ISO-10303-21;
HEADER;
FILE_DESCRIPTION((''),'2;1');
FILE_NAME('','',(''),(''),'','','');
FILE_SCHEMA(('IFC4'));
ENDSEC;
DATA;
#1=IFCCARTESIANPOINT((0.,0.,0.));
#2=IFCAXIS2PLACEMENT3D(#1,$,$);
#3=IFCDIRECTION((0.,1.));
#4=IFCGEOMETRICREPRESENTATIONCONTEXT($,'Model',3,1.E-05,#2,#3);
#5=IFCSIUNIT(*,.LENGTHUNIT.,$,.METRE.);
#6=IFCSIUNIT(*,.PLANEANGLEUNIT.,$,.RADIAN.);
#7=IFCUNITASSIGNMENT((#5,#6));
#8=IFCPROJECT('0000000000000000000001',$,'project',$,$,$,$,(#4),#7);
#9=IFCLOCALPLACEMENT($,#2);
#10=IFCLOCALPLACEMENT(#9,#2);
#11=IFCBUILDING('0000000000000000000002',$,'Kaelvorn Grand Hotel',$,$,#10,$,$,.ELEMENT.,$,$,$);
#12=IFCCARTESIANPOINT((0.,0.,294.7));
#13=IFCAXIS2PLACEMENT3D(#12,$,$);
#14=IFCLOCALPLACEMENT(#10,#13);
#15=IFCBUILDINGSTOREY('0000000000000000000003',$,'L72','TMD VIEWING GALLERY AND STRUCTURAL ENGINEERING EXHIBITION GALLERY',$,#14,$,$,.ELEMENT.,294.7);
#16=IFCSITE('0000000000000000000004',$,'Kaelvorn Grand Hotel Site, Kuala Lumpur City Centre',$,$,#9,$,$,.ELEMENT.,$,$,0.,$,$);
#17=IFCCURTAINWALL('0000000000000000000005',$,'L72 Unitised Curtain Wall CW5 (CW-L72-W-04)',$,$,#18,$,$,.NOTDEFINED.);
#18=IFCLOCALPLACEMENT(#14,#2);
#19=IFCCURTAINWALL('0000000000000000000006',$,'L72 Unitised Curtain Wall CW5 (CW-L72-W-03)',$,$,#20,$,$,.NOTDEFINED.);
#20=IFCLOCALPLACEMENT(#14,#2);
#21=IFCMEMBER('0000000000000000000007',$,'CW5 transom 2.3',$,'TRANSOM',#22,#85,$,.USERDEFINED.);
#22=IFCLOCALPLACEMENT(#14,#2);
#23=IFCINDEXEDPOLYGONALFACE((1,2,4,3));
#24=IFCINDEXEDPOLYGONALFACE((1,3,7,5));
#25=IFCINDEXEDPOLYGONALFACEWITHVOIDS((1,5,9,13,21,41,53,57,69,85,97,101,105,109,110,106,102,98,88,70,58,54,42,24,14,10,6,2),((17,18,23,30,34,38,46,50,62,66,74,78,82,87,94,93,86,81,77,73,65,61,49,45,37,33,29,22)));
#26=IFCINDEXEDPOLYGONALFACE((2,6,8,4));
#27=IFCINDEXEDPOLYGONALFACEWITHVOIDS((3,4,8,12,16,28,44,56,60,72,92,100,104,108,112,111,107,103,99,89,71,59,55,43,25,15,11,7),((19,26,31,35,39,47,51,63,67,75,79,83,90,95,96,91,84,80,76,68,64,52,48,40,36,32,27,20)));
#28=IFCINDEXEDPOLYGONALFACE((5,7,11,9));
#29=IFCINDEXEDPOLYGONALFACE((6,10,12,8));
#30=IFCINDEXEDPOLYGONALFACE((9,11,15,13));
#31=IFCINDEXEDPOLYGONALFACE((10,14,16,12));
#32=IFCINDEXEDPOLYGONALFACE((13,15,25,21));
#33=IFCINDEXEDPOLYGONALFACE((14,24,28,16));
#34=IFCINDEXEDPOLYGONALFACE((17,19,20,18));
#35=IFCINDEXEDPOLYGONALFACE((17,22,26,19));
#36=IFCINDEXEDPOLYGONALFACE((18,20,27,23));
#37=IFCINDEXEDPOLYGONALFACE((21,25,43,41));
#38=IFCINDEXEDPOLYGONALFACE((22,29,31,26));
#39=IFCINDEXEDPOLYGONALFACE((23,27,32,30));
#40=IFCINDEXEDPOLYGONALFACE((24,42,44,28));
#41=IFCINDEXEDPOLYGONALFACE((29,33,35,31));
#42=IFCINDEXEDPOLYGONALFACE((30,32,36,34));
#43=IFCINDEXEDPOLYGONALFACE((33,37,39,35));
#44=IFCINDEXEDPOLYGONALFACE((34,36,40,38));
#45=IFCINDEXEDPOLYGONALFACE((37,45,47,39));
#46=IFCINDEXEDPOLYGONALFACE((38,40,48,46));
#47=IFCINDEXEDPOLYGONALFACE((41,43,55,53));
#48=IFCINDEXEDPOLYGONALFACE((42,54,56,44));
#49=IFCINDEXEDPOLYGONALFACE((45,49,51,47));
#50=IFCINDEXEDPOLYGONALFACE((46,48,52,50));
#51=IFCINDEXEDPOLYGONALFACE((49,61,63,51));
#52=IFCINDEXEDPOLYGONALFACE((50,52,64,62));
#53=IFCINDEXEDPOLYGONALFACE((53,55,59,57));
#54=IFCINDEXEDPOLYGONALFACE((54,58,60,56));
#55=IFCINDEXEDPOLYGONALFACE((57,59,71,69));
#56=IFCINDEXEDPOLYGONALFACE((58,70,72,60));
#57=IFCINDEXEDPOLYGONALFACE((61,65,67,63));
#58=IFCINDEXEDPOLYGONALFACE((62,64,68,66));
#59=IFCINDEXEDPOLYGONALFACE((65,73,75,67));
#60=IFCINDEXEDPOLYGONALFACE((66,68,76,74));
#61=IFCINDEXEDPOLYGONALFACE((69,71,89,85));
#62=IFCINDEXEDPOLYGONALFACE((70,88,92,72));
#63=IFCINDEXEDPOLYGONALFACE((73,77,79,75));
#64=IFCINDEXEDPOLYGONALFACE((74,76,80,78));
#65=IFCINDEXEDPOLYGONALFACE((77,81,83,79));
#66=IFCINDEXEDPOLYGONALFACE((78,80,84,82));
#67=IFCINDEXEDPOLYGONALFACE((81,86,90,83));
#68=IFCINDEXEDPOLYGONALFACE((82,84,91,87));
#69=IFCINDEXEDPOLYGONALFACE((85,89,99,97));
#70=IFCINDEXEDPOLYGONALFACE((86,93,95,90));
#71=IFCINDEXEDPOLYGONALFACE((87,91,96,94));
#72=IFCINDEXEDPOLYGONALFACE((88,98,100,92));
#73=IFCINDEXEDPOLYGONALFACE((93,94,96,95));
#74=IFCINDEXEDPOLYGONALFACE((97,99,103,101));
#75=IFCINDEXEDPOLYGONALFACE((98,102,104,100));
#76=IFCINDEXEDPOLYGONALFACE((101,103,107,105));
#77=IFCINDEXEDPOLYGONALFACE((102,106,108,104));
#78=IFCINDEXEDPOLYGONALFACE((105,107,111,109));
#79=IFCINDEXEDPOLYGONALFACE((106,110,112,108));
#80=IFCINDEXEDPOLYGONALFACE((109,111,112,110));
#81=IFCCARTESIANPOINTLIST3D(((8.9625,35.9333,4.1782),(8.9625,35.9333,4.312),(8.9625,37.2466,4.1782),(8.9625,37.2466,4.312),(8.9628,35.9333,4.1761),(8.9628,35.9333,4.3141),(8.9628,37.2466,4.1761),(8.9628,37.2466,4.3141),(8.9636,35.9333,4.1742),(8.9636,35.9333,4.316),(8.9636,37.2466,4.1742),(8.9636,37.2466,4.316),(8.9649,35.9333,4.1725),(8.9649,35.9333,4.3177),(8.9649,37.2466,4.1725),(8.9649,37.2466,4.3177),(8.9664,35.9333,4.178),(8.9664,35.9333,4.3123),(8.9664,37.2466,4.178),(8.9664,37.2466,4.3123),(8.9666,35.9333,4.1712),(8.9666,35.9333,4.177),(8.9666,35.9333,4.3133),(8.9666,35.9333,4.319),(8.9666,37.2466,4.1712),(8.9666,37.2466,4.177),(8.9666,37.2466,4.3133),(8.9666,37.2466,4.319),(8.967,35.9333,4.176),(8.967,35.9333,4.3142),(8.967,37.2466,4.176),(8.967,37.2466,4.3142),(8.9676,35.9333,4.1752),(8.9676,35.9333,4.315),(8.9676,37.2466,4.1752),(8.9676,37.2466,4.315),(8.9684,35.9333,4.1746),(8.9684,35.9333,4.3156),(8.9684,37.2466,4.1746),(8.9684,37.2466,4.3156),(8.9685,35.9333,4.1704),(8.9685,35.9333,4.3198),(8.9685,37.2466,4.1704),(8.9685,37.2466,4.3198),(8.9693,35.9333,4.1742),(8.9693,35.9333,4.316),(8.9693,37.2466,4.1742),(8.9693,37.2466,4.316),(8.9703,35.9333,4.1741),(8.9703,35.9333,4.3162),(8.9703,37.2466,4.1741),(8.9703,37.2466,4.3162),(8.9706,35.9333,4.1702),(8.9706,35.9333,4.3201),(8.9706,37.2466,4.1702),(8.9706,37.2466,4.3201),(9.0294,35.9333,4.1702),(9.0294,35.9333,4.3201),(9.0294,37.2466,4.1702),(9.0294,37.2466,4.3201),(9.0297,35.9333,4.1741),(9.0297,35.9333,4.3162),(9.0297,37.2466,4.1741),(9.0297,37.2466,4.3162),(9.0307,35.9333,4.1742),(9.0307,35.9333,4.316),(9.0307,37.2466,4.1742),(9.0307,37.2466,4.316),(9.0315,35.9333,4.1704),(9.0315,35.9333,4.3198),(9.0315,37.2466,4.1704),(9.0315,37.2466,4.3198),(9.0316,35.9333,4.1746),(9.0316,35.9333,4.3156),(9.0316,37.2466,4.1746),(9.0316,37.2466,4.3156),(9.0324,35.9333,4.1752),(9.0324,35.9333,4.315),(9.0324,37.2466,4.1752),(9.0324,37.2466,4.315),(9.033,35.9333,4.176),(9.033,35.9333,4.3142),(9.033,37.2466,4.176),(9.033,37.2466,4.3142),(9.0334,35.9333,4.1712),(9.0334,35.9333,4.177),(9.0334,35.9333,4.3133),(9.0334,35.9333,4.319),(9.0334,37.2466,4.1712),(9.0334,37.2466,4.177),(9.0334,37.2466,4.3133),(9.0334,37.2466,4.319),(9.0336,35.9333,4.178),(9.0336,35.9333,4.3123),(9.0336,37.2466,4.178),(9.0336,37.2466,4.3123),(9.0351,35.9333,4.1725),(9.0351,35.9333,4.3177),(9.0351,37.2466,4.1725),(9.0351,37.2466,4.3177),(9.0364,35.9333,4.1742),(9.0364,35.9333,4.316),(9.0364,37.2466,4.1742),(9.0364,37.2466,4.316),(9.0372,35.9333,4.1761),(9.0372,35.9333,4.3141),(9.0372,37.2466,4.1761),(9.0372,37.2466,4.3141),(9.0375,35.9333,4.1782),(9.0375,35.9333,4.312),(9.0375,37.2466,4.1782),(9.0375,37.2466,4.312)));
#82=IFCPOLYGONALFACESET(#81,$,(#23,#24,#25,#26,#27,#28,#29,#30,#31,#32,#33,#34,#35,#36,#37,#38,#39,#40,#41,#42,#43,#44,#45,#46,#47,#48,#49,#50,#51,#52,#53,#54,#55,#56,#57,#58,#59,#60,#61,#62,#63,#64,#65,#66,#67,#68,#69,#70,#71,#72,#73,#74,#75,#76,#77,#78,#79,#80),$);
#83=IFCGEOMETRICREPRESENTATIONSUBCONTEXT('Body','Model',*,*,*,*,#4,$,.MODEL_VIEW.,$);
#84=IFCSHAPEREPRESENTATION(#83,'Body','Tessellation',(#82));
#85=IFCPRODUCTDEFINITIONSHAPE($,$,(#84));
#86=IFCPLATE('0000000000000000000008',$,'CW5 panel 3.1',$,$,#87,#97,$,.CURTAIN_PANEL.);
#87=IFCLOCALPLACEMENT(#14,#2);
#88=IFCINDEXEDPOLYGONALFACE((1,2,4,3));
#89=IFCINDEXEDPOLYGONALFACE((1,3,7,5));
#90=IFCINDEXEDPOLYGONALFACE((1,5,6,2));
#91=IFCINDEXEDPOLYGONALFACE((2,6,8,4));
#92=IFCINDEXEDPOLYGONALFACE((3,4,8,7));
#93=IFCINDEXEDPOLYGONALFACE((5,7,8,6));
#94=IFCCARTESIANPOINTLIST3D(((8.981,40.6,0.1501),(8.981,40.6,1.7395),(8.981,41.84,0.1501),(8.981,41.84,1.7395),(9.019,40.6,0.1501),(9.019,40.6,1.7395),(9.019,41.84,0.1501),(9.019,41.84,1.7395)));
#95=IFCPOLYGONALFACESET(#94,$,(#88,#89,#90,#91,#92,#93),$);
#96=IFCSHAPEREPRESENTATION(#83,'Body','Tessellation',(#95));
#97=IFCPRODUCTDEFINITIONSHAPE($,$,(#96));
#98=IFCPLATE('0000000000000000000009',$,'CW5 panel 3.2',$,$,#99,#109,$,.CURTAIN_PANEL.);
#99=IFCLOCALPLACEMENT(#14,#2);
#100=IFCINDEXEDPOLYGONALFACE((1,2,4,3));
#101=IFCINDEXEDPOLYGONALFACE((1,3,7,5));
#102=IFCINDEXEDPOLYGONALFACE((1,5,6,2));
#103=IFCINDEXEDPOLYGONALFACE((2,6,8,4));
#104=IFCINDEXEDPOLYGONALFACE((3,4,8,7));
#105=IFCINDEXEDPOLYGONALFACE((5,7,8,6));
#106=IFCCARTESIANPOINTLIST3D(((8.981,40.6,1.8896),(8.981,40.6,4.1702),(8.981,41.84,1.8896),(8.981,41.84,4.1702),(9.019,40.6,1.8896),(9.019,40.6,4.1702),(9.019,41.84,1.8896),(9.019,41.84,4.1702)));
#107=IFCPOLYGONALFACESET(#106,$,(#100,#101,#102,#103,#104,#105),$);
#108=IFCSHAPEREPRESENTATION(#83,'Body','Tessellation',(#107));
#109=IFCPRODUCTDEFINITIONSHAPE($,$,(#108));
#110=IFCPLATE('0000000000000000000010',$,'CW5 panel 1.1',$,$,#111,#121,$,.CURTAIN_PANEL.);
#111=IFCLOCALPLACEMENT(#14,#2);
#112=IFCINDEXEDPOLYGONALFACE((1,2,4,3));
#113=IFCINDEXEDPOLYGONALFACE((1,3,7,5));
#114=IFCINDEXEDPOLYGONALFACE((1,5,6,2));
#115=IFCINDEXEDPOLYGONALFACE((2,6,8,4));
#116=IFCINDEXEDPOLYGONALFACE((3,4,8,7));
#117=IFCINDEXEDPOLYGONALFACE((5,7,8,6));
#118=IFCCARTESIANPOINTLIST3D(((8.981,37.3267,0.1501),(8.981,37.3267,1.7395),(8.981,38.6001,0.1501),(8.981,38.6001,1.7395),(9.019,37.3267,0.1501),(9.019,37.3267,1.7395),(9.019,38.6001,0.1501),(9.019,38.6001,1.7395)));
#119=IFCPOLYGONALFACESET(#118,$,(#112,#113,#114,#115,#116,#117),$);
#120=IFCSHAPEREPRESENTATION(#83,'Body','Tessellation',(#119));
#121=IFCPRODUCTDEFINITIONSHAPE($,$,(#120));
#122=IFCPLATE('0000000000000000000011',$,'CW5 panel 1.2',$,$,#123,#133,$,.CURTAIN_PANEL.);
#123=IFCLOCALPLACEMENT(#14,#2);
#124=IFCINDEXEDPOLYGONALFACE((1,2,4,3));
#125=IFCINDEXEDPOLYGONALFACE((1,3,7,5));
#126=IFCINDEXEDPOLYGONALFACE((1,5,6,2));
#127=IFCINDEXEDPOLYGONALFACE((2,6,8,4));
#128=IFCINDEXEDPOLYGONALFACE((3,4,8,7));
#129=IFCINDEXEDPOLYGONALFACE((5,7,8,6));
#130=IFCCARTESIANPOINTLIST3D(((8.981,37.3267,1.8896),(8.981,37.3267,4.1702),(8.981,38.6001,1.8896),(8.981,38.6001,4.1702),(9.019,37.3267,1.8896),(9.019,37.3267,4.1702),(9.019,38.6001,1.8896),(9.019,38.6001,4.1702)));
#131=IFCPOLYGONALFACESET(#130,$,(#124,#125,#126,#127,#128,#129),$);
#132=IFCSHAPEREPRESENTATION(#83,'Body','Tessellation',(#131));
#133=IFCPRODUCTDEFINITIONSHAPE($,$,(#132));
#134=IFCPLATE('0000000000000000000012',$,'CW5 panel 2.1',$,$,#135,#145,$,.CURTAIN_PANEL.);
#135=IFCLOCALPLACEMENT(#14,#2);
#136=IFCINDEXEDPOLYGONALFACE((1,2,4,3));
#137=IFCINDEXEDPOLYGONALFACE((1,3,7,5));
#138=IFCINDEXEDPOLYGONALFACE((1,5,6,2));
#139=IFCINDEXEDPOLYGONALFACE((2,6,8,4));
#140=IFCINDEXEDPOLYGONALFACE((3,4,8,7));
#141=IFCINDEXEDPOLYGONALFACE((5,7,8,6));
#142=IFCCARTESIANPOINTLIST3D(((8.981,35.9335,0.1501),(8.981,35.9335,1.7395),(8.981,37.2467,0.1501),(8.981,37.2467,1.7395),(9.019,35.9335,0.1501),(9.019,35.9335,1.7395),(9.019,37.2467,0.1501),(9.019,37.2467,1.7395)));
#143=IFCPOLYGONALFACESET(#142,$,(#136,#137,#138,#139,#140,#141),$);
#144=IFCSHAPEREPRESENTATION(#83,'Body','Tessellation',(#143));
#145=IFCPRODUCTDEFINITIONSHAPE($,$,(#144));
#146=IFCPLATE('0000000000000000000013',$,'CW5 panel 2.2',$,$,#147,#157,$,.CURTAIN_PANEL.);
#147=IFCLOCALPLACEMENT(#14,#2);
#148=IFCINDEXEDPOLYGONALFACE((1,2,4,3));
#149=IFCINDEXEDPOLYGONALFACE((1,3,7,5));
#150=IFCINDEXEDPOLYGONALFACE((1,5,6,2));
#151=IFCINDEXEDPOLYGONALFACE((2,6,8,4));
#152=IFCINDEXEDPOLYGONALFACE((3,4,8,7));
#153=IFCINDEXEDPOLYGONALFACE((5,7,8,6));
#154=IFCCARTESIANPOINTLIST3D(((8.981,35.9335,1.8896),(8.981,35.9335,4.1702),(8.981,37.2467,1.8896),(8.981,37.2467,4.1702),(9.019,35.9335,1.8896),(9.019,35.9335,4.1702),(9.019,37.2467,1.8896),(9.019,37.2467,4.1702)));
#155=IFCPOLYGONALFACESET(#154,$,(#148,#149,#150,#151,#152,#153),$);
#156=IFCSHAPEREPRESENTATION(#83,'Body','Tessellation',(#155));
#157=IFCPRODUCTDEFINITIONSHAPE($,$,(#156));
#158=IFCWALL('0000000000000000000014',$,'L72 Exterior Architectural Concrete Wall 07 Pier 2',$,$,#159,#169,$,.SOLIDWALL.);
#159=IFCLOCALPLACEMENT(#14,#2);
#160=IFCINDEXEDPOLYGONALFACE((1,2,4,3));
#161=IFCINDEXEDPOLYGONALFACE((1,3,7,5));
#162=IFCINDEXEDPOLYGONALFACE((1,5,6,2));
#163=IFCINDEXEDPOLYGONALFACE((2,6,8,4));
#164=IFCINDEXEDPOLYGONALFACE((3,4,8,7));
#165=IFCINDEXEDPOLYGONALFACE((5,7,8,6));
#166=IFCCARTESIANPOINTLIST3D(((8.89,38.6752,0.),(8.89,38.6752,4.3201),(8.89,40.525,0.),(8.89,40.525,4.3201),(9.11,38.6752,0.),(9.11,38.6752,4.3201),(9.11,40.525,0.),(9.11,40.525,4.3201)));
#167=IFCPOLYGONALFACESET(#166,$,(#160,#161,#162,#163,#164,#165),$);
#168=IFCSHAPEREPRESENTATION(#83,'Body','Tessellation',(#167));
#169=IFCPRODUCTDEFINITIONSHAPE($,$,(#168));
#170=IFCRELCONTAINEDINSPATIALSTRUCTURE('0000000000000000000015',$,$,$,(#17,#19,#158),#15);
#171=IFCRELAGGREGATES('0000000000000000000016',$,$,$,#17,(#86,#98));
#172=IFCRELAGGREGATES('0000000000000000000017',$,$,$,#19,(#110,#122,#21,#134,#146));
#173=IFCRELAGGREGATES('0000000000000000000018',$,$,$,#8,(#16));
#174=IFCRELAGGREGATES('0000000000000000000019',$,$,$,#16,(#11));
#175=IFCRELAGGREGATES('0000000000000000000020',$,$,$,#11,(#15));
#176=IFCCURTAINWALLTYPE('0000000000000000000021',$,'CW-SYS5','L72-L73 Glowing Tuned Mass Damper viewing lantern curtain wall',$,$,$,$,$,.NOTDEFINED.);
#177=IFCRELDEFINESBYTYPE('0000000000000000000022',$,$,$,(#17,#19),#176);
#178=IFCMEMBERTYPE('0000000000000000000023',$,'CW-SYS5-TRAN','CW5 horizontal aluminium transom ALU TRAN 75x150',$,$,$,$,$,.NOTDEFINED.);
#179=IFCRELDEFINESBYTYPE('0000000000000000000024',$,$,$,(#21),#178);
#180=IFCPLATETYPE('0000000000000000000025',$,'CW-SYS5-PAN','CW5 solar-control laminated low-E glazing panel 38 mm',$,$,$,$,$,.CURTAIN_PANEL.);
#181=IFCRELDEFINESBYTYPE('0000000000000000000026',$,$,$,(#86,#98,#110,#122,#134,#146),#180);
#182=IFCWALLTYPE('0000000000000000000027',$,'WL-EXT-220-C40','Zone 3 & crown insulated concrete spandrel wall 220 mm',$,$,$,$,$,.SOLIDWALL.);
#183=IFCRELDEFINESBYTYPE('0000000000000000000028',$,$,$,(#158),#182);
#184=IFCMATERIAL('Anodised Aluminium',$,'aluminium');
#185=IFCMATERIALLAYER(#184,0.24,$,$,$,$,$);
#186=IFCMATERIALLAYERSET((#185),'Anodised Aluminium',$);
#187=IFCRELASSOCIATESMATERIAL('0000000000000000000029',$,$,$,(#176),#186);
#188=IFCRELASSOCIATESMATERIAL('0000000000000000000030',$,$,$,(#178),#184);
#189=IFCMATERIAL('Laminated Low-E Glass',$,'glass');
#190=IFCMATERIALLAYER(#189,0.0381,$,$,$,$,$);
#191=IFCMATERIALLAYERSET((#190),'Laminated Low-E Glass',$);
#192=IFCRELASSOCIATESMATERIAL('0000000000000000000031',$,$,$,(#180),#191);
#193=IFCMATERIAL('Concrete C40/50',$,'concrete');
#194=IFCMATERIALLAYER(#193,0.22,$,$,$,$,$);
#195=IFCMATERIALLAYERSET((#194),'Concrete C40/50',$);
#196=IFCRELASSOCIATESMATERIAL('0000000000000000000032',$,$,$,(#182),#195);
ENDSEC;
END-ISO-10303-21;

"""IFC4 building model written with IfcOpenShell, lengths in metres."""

from ifc_helpers import new_model, si_unit, direction, frame, frame_2d, origin, origin_2d, place, context, subcontext, project, spatial, rectangle, hollow_rectangle, extrude, material, layer, layer_set, material_profile, profile_set, type_object, element, aggregate, save


model = new_model("IFC4")

# Units and contexts
model_context = context("Model", 3, precision=1e-05, world=origin(), true_north=direction((0.0, 1.0)))
body_context = subcontext(model_context, "Body", "Model", "MODEL_VIEW")
ifc_project = project(units=[si_unit("LENGTHUNIT", "METRE"), si_unit("PLANEANGLEUNIT", "RADIAN")], contexts=[model_context])

# Site, building, storey
site_placement = place(None, origin())
site = spatial("IfcSite", under=ifc_project, at=site_placement, Name="Kaelvorn Grand Hotel Site, Kuala Lumpur City Centre", CompositionType="ELEMENT", RefElevation=0.0)
building_placement = place(site_placement, origin())
building = spatial("IfcBuilding", under=site, at=building_placement, Name="Kaelvorn Grand Hotel", CompositionType="ELEMENT")
storey_placement = place(building_placement, frame((0.0, 0.0, 294.7)))
storey = spatial("IfcBuildingStorey", under=building, at=storey_placement, Name="L72", Description="TMD VIEWING GALLERY AND STRUCTURAL ENGINEERING EXHIBITION GALLERY", CompositionType="ELEMENT", Elevation=294.7)

# Curtain walls
ifc_material_1 = material(Name="Anodised Aluminium", Category="aluminium")
ifc_layer_1 = layer(ifc_material_1, 0.24)
ifc_layer_set_1 = layer_set([ifc_layer_1], Name="Anodised Aluminium")
curtain_wall_type = type_object("IfcCurtainWallType", Name="CW-SYS5", Description="L72-L73 Glowing Tuned Mass Damper viewing lantern curtain wall", PredefinedType="NOTDEFINED", material=ifc_layer_set_1)
curtain_wall_1_placement = place(storey_placement, origin())
curtain_wall_1 = element("IfcCurtainWall", 1, at=curtain_wall_1_placement, inside=storey, type_object=curtain_wall_type, Name="L72 Unitised Curtain Wall CW5 (CW-L72-W-04)", PredefinedType="NOTDEFINED")
curtain_wall_2_placement = place(storey_placement, origin())
curtain_wall_2 = element("IfcCurtainWall", 2, at=curtain_wall_2_placement, inside=storey, type_object=curtain_wall_type, Name="L72 Unitised Curtain Wall CW5 (CW-L72-W-03)", PredefinedType="NOTDEFINED")

# Member
ifc_material_profile_1 = material_profile(ifc_material_1, hollow_rectangle(XDim=0.075, YDim=0.1499, WallThickness=0.0039, InnerFilletRadius=0.0039, OuterFilletRadius=0.0081, at=origin_2d()), Name="ALU TRAN 75x150")
ifc_profile_set_1 = profile_set([ifc_material_profile_1], Name="Anodised Aluminium")
member_type_1 = type_object("IfcMemberType", Name="CW-SYS5-TRAN", Description="CW5 horizontal aluminium transom ALU TRAN 75x150", PredefinedType="NOTDEFINED", material=ifc_profile_set_1)
member_1_placement = place(storey_placement, frame((9.0, 37.2466, 4.2451), z_axis=(0.0, -1.0, 0.0), x_axis=(1.0, 0.0, 0.0)))
member_1 = element("IfcMember", 3, at=member_1_placement, type_object=member_type_1, Name="CW5 transom 2.3", ObjectType="TRANSOM", PredefinedType="USERDEFINED", context=body_context, shape_type="SweptSolid", body=[
    extrude(hollow_rectangle(XDim=0.075, YDim=0.1499, WallThickness=0.0039, InnerFilletRadius=0.0039, OuterFilletRadius=0.0081, at=origin_2d()), origin(), (0.0, 0.0, 1.0), 1.3132),
])

# Plates
ifc_material_2 = material(Name="Laminated Low-E Glass", Category="glass")
ifc_layer_2 = layer(ifc_material_2, 0.0381)
ifc_layer_set_2 = layer_set([ifc_layer_2], Name="Laminated Low-E Glass")
plate_type = type_object("IfcPlateType", Name="CW-SYS5-PAN", Description="CW5 solar-control laminated low-E glazing panel 38 mm", PredefinedType="CURTAIN_PANEL", material=ifc_layer_set_2)
plate_1_placement = place(storey_placement, frame((9.0, 41.22, 0.1501), z_axis=(0.0, 0.0, 1.0), x_axis=(0.0, -1.0, 0.0)))
plate_1 = element("IfcPlate", 4, at=plate_1_placement, type_object=plate_type, Name="CW5 panel 3.1", PredefinedType="CURTAIN_PANEL", context=body_context, shape_type="SweptSolid", body=[
    extrude(rectangle(XDim=1.24, YDim=0.0381, at=origin_2d()), origin(), (0.0, 0.0, 1.0), 1.5894),
])
plate_2_placement = place(storey_placement, frame((9.0, 41.22, 1.8896), z_axis=(0.0, 0.0, 1.0), x_axis=(0.0, -1.0, 0.0)))
plate_2 = element("IfcPlate", 5, at=plate_2_placement, type_object=plate_type, Name="CW5 panel 3.2", PredefinedType="CURTAIN_PANEL", context=body_context, shape_type="SweptSolid", body=[
    extrude(rectangle(XDim=1.24, YDim=0.0381, at=origin_2d()), origin(), (0.0, 0.0, 1.0), 2.2805),
])
aggregate(curtain_wall_1, [plate_1, plate_2])
plate_3_placement = place(storey_placement, frame((9.0, 37.9634, 0.1501), z_axis=(0.0, 0.0, 1.0), x_axis=(0.0, -1.0, 0.0)))
plate_3 = element("IfcPlate", 6, at=plate_3_placement, type_object=plate_type, Name="CW5 panel 1.1", PredefinedType="CURTAIN_PANEL", context=body_context, shape_type="SweptSolid", body=[
    extrude(rectangle(XDim=1.2734, YDim=0.0381, at=origin_2d()), origin(), (0.0, 0.0, 1.0), 1.5894),
])
plate_4_placement = place(storey_placement, frame((9.0, 37.9634, 1.8896), z_axis=(0.0, 0.0, 1.0), x_axis=(0.0, -1.0, 0.0)))
plate_4 = element("IfcPlate", 7, at=plate_4_placement, type_object=plate_type, Name="CW5 panel 1.2", PredefinedType="CURTAIN_PANEL", context=body_context, shape_type="SweptSolid", body=[
    extrude(rectangle(XDim=1.2734, YDim=0.0381, at=origin_2d()), origin(), (0.0, 0.0, 1.0), 2.2805),
])
plate_5_placement = place(storey_placement, frame((9.0, 36.5901, 0.1501), z_axis=(0.0, 0.0, 1.0), x_axis=(0.0, -1.0, 0.0)))
plate_5 = element("IfcPlate", 8, at=plate_5_placement, type_object=plate_type, Name="CW5 panel 2.1", PredefinedType="CURTAIN_PANEL", context=body_context, shape_type="SweptSolid", body=[
    extrude(rectangle(XDim=1.3132, YDim=0.0381, at=origin_2d()), origin(), (0.0, 0.0, 1.0), 1.5894),
])
plate_6_placement = place(storey_placement, frame((9.0, 36.5901, 1.8896), z_axis=(0.0, 0.0, 1.0), x_axis=(0.0, -1.0, 0.0)))
plate_6 = element("IfcPlate", 9, at=plate_6_placement, type_object=plate_type, Name="CW5 panel 2.2", PredefinedType="CURTAIN_PANEL", context=body_context, shape_type="SweptSolid", body=[
    extrude(rectangle(XDim=1.3132, YDim=0.0381, at=origin_2d()), origin(), (0.0, 0.0, 1.0), 2.2805),
])
aggregate(curtain_wall_2, [plate_3, plate_4, member_1, plate_5, plate_6])

# Wall
ifc_material_3 = material(Name="Concrete C40/50", Category="concrete")
ifc_layer_3 = layer(ifc_material_3, 0.22)
ifc_layer_set_3 = layer_set([ifc_layer_3], Name="Concrete C40/50")
wall_type = type_object("IfcWallType", Name="WL-EXT-220-C40", Description="Zone 3 & crown insulated concrete spandrel wall 220 mm", PredefinedType="SOLIDWALL", material=ifc_layer_set_3)
wall_placement = place(storey_placement, frame((9.0, 40.5249, 0.0), z_axis=(0.0, 0.0, 1.0), x_axis=(0.0, -1.0, 0.0)))
element("IfcWall", 10, at=wall_placement, inside=storey, type_object=wall_type, Name="L72 Exterior Architectural Concrete Wall 07 Pier 2", PredefinedType="SOLIDWALL", context=body_context, shape_type="SweptSolid", body=[
    extrude(rectangle(XDim=1.8499, YDim=0.22, at=frame_2d((0.9248, 0.0))), origin(), (0.0, 0.0, 1.0), 4.3201),
])

save(model, "model.ifc")
